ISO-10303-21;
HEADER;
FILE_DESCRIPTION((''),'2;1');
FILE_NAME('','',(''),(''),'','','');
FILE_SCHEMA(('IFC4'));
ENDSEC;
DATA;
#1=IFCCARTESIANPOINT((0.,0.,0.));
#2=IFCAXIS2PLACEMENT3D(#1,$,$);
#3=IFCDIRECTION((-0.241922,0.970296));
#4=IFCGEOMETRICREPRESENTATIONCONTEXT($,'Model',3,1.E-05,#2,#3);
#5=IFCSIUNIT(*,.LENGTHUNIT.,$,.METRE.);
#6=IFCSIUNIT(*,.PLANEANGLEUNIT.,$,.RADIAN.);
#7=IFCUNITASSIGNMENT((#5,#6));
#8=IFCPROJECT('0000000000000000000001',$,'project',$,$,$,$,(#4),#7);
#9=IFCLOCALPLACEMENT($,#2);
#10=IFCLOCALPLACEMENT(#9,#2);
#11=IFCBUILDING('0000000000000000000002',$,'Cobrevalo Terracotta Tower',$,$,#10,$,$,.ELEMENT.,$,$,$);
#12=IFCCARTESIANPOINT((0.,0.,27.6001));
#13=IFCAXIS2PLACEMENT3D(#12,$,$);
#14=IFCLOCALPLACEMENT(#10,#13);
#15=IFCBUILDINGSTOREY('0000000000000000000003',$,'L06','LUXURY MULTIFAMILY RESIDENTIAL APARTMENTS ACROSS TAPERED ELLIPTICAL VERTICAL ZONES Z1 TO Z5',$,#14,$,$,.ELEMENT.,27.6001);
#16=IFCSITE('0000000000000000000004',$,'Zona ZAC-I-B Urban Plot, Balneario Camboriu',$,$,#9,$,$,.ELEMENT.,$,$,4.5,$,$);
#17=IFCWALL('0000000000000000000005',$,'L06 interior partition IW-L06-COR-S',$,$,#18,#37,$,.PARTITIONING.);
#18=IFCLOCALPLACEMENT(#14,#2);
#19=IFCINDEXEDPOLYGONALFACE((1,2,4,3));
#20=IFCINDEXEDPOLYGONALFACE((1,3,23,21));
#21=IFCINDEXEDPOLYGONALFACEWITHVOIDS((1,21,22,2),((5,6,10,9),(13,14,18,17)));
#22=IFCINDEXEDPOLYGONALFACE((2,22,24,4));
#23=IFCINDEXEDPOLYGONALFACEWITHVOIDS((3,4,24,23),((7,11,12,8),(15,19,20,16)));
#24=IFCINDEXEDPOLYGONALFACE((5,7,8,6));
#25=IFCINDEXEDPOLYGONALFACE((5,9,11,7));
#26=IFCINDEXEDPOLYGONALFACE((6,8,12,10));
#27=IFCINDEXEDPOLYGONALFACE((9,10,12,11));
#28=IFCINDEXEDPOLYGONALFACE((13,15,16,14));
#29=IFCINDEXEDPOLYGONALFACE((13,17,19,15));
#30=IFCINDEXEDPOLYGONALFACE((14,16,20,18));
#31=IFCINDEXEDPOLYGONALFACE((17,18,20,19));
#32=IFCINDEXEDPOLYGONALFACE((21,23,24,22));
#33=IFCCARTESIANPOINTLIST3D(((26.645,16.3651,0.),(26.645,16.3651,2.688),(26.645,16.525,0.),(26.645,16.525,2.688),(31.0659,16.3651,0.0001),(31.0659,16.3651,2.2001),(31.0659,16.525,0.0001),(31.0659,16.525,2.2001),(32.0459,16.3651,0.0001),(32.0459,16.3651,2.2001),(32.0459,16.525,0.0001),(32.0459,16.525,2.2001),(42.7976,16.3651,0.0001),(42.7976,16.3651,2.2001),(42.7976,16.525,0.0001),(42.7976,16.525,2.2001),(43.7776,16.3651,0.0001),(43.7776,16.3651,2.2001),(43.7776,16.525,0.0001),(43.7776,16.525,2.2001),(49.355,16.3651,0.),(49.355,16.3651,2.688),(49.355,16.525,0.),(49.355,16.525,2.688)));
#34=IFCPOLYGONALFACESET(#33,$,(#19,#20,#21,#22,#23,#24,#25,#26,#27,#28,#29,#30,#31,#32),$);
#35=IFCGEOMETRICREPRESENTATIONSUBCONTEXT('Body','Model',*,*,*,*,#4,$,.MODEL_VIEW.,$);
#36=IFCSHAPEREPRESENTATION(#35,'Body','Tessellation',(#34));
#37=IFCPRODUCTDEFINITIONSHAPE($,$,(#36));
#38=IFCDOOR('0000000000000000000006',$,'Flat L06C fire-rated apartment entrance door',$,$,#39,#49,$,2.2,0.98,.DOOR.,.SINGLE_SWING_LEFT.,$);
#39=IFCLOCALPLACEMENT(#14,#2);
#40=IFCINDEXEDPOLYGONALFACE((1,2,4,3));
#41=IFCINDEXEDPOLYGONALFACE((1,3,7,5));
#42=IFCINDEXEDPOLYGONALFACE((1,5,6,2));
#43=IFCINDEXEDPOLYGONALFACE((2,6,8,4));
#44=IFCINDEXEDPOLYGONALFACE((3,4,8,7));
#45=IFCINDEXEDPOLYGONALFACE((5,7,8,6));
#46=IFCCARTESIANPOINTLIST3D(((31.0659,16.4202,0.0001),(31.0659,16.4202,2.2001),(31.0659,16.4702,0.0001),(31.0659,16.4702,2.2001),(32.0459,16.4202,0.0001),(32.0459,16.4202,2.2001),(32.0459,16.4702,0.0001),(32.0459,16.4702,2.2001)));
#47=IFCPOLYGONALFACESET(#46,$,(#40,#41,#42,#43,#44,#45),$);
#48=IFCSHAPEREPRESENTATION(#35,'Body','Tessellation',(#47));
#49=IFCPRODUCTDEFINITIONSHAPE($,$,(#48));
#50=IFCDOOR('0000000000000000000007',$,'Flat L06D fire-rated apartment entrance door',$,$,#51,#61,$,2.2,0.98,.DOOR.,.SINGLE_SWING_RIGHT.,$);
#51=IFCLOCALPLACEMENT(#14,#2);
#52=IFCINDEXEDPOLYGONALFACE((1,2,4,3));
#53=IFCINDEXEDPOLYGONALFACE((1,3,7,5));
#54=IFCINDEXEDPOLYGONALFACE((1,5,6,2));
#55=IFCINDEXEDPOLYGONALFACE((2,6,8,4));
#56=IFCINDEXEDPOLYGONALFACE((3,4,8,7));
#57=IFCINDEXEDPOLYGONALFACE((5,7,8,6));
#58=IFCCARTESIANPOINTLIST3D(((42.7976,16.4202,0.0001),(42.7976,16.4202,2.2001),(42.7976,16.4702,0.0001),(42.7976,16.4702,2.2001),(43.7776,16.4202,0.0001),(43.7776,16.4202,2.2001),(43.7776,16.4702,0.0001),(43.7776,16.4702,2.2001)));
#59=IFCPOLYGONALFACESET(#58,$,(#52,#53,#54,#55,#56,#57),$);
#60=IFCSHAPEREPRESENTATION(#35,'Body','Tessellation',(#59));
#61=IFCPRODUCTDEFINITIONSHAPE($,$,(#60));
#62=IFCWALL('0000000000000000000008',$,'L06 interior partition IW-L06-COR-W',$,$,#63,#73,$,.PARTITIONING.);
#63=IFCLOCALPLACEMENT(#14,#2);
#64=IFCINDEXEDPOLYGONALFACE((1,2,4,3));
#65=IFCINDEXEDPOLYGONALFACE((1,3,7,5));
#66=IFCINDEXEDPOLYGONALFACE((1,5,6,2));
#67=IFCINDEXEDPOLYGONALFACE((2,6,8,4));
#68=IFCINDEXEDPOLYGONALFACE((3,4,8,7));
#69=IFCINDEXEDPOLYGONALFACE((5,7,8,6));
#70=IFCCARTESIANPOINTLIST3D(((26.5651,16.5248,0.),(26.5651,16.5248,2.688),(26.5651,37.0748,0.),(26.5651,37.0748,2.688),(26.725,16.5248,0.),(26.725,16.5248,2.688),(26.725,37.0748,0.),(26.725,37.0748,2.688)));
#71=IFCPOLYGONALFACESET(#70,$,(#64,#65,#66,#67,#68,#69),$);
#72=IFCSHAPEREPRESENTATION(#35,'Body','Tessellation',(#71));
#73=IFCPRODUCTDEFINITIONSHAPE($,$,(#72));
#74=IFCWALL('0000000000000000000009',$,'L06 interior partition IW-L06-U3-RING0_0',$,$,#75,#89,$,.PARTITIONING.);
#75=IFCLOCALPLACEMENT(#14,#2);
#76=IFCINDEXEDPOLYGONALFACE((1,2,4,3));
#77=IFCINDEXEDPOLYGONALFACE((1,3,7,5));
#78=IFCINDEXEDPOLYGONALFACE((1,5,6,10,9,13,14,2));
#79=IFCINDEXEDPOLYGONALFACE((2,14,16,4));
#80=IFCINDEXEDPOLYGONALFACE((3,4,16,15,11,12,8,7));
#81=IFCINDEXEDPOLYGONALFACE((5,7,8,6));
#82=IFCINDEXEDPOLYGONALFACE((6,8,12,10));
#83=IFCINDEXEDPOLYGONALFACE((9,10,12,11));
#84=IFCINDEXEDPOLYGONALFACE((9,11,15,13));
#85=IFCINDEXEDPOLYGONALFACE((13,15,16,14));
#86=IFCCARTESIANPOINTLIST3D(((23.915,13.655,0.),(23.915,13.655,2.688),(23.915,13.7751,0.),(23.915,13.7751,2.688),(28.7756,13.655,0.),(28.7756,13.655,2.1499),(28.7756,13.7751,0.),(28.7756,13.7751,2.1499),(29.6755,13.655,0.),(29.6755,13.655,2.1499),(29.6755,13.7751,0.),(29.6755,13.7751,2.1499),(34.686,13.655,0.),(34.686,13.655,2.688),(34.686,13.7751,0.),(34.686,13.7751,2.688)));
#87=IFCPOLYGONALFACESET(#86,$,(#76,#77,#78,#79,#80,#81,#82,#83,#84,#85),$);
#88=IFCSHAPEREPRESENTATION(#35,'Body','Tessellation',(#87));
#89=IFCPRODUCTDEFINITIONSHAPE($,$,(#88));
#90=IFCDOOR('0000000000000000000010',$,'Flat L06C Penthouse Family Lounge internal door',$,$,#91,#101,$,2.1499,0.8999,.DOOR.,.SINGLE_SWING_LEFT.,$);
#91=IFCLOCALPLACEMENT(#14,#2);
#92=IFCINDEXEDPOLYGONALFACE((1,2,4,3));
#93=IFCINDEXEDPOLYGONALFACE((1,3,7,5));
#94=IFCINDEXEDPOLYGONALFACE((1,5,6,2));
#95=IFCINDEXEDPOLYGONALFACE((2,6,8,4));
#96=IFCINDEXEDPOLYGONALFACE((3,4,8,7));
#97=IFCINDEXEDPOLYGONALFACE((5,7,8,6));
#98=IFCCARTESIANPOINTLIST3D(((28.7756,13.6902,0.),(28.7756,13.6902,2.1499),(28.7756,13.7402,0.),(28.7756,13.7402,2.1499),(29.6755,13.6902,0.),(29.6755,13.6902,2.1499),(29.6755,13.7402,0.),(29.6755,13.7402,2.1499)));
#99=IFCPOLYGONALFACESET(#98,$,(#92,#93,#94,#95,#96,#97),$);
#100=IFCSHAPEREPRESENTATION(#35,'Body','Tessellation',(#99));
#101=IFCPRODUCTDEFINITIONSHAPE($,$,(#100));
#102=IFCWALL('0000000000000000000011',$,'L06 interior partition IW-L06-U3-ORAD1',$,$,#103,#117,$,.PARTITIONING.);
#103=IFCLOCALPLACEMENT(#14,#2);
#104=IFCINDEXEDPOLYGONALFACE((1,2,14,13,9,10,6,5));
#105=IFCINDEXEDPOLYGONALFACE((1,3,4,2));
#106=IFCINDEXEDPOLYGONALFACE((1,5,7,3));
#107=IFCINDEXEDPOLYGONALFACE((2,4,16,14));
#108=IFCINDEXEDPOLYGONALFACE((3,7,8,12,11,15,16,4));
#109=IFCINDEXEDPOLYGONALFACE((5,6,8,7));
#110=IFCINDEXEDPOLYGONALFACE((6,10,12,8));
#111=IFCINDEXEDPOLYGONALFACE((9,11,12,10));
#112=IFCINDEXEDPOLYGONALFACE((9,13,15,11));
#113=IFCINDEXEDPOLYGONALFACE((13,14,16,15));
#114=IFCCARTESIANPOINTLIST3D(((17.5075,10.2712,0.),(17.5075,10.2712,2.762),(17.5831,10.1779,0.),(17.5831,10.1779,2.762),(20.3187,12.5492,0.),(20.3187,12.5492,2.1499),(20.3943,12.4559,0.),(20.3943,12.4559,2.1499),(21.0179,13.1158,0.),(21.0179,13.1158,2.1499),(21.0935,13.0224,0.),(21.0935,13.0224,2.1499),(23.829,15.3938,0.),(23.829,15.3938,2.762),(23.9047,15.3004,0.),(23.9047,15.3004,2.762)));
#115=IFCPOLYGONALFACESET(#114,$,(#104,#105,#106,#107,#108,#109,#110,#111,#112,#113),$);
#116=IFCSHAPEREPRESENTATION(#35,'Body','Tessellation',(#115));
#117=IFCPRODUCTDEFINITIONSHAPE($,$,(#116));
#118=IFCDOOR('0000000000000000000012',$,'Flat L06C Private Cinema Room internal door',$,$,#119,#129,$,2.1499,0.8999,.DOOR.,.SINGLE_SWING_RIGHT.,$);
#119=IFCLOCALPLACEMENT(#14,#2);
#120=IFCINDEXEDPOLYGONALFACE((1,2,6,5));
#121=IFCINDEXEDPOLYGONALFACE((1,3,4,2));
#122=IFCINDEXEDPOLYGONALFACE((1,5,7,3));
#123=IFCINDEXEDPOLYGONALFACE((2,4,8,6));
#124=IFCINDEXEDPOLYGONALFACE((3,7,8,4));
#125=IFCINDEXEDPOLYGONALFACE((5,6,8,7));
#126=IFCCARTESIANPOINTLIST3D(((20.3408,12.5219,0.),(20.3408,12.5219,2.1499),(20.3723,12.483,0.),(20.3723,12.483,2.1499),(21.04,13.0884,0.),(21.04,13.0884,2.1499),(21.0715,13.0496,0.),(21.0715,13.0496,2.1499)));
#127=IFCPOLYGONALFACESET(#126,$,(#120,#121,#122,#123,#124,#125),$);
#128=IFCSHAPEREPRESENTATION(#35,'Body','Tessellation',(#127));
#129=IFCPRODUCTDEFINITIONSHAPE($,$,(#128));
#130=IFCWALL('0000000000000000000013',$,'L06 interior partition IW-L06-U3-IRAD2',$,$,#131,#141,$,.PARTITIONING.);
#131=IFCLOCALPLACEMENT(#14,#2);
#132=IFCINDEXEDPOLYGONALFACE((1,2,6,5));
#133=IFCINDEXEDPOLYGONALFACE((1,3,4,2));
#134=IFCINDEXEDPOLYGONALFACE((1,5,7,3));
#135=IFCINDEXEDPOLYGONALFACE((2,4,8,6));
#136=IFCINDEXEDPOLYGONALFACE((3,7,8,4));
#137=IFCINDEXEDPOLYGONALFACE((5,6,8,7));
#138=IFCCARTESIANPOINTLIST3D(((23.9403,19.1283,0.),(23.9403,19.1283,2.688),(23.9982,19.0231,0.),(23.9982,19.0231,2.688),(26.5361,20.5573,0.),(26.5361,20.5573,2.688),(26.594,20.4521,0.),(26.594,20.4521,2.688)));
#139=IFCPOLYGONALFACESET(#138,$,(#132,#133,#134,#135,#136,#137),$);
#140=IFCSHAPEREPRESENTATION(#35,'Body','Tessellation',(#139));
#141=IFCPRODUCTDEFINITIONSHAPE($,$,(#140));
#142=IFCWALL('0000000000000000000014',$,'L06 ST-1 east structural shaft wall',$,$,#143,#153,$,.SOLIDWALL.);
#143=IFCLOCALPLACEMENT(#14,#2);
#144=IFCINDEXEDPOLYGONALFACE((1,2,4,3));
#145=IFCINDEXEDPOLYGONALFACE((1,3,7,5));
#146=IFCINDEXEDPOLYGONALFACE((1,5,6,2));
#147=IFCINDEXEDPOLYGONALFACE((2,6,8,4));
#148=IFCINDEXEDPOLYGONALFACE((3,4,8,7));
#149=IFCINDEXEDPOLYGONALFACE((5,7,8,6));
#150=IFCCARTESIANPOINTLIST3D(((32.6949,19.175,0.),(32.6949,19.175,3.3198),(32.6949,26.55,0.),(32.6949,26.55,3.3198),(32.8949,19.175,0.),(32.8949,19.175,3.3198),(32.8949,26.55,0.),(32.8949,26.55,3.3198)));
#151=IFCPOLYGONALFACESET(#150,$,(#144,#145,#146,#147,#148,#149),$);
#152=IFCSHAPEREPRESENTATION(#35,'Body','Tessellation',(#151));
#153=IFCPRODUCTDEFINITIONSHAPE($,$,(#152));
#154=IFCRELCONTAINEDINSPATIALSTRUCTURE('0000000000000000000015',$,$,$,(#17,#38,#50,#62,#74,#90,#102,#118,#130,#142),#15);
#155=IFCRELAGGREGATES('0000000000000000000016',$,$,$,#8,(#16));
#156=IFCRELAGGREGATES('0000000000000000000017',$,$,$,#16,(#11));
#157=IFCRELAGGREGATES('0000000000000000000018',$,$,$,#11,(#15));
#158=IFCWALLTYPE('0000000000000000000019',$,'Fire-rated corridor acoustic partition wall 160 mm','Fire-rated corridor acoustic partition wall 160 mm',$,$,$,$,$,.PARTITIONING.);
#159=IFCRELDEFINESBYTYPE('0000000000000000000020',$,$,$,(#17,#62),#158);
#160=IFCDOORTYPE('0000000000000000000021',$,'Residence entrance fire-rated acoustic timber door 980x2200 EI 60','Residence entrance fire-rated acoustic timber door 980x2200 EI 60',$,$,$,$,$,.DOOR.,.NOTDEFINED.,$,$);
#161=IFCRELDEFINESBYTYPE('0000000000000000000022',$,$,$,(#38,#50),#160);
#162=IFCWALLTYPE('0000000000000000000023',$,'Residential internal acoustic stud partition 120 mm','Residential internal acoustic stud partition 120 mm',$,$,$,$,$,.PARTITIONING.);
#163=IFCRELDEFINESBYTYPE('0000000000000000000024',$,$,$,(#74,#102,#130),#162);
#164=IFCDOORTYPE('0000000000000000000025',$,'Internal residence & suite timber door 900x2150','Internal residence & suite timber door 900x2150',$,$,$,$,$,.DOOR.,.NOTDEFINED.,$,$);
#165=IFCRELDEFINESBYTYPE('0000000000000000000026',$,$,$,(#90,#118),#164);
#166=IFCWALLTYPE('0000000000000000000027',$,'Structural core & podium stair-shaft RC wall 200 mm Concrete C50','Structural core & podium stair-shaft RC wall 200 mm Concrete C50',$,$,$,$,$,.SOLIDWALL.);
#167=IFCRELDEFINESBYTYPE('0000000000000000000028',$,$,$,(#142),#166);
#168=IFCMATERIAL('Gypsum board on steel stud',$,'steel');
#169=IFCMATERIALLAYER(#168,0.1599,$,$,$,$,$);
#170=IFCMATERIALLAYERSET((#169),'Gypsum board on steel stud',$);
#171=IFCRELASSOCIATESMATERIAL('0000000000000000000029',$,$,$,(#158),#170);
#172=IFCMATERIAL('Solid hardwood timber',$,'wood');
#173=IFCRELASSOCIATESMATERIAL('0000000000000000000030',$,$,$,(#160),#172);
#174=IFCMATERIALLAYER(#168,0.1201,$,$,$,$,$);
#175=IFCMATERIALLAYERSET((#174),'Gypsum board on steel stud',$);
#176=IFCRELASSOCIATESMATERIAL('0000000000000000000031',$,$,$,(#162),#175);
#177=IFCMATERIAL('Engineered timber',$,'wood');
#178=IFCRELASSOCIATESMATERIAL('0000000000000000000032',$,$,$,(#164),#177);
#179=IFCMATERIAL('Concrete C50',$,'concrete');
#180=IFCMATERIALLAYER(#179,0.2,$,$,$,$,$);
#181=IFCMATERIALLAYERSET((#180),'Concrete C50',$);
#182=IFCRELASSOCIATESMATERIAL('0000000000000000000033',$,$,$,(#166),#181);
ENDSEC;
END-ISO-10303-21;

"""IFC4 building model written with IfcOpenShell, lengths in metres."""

from ifc_helpers import new_model, si_unit, direction, frame, frame_2d, origin, place, context, subcontext, project, spatial, rectangle, extrude, source, transform, mapped, material, layer, layer_set, type_object, element, fill, save


model = new_model("IFC4")

# Units and contexts
model_context = context("Model", 3, precision=1e-05, world=origin(), true_north=direction((-0.241922, 0.970296)))
body_context = subcontext(model_context, "Body", "Model", "MODEL_VIEW")
ifc_project = project(units=[si_unit("LENGTHUNIT", "METRE"), si_unit("PLANEANGLEUNIT", "RADIAN")], contexts=[model_context])

# Site, building, storey
site_placement = place(None, origin())
site = spatial("IfcSite", under=ifc_project, at=site_placement, Name="Zona ZAC-I-B Urban Plot, Balneario Camboriu", CompositionType="ELEMENT", RefElevation=4.5)
building_placement = place(site_placement, origin())
building = spatial("IfcBuilding", under=site, at=building_placement, Name="Cobrevalo Terracotta Tower", CompositionType="ELEMENT")
storey_placement = place(building_placement, frame((0.0, 0.0, 27.6001)))
storey = spatial("IfcBuildingStorey", under=building, at=storey_placement, Name="L06", Description="LUXURY MULTIFAMILY RESIDENTIAL APARTMENTS ACROSS TAPERED ELLIPTICAL VERTICAL ZONES Z1 TO Z5", CompositionType="ELEMENT", Elevation=27.6001)

# Wall, openings, doors
ifc_material_1 = material(Name="Gypsum board on steel stud", Category="steel")
ifc_layer_1 = layer(ifc_material_1, 0.1599)
ifc_layer_set_1 = layer_set([ifc_layer_1], Name="Gypsum board on steel stud")
wall_type_1 = type_object("IfcWallType", Name="Fire-rated corridor acoustic partition wall 160 mm", Description="Fire-rated corridor acoustic partition wall 160 mm", PredefinedType="PARTITIONING", material=ifc_layer_set_1)
wall_1_placement = place(storey_placement, frame((26.645, 16.4451, 0.0), z_axis=(0.0, 0.0, 1.0), x_axis=(1.0, 0.0, 0.0)))
wall_1 = element("IfcWall", 1, at=wall_1_placement, inside=storey, type_object=wall_type_1, Name="L06 interior partition IW-L06-COR-S", PredefinedType="PARTITIONING", context=body_context, shape_type="SweptSolid", body=[
    extrude(rectangle(XDim=22.71, YDim=0.1599, at=frame_2d((11.355, 0.0))), origin(), (0.0, 0.0, 1.0), 2.688),
])
opening_1_placement = place(wall_1_placement, frame((4.4209, 0.0, 0.0)))
opening_1 = element("IfcOpeningElement", 2, at=opening_1_placement, cuts=wall_1, PredefinedType="OPENING", context=body_context, shape_type="SweptSolid", body=[
    extrude(rectangle(XDim=0.98, YDim=2.2, at=frame_2d((0.49, 1.1001))), frame((0.0, 0.0898, 0.0), z_axis=(0.0, -1.0, 0.0), x_axis=(1.0, 0.0, 0.0)), (0.0, 0.0, 1.0), 0.1799),
])
opening_2_placement = place(wall_1_placement, frame((16.1526, 0.0, 0.0)))
opening_2 = element("IfcOpeningElement", 3, at=opening_2_placement, cuts=wall_1, PredefinedType="OPENING", context=body_context, shape_type="SweptSolid", body=[
    extrude(rectangle(XDim=0.98, YDim=2.2, at=frame_2d((0.49, 1.1001))), frame((0.0, 0.0898, 0.0), z_axis=(0.0, -1.0, 0.0), x_axis=(1.0, 0.0, 0.0)), (0.0, 0.0, 1.0), 0.1799),
])
ifc_material_2 = material(Name="Solid hardwood timber", Category="wood")
door_type_1 = type_object("IfcDoorType", Name="Residence entrance fire-rated acoustic timber door 980x2200 EI 60", Description="Residence entrance fire-rated acoustic timber door 980x2200 EI 60", OperationType="NOTDEFINED", PredefinedType="DOOR", material=ifc_material_2)
shared_shape_1 = source(origin(), body_context, "Body", "SweptSolid", [
    extrude(rectangle(XDim=0.98, YDim=2.2, at=frame_2d((0.49, 1.1001))), frame((0.0, 0.0249, 0.0), z_axis=(0.0, -1.0, 0.0), x_axis=(1.0, 0.0, 0.0)), (0.0, 0.0, 1.0), 0.05),
])
door_1_placement = place(opening_1_placement, frame((0.98, 0.0, 0.0), z_axis=(0.0, 0.0, 1.0), x_axis=(-1.0, 0.0, 0.0)))
door_1 = element("IfcDoor", 4, at=door_1_placement, inside=storey, type_object=door_type_1, Name="Flat L06C fire-rated apartment entrance door", OperationType="SINGLE_SWING_LEFT", OverallHeight=2.2, OverallWidth=0.98, PredefinedType="DOOR", context=body_context, shape_type="MappedRepresentation", body=[
    mapped(shared_shape_1, transform((0.0, 0.0, 0.0), scale=1.0)),
])
fill(opening_1, door_1)
door_2_placement = place(opening_2_placement, frame((0.98, 0.0, 0.0), z_axis=(0.0, 0.0, 1.0), x_axis=(-1.0, 0.0, 0.0)))
door_2 = element("IfcDoor", 5, at=door_2_placement, inside=storey, type_object=door_type_1, Name="Flat L06D fire-rated apartment entrance door", OperationType="SINGLE_SWING_RIGHT", OverallHeight=2.2, OverallWidth=0.98, PredefinedType="DOOR", context=body_context, shape_type="MappedRepresentation", body=[
    mapped(shared_shape_1, transform((0.0, 0.0, 0.0), scale=1.0)),
])
fill(opening_2, door_2)

# Wall
wall_2_placement = place(storey_placement, frame((26.645, 16.5249, 0.0), z_axis=(0.0, 0.0, 1.0), x_axis=(0.0, 1.0, 0.0)))
element("IfcWall", 6, at=wall_2_placement, inside=storey, type_object=wall_type_1, Name="L06 interior partition IW-L06-COR-W", PredefinedType="PARTITIONING", context=body_context, shape_type="SweptSolid", body=[
    extrude(rectangle(XDim=20.55, YDim=0.1599, at=frame_2d((10.2749, 0.0))), origin(), (0.0, 0.0, 1.0), 2.688),
])

# Walls, openings, doors
ifc_layer_2 = layer(ifc_material_1, 0.1201)
ifc_layer_set_2 = layer_set([ifc_layer_2], Name="Gypsum board on steel stud")
wall_type_2 = type_object("IfcWallType", Name="Residential internal acoustic stud partition 120 mm", Description="Residential internal acoustic stud partition 120 mm", PredefinedType="PARTITIONING", material=ifc_layer_set_2)
wall_3_placement = place(storey_placement, frame((34.686, 13.7151, 0.0), z_axis=(0.0, 0.0, 1.0), x_axis=(-1.0, 0.0, 0.0)))
wall_3 = element("IfcWall", 7, at=wall_3_placement, inside=storey, type_object=wall_type_2, Name="L06 interior partition IW-L06-U3-RING0_0", PredefinedType="PARTITIONING", context=body_context, shape_type="SweptSolid", body=[
    extrude(rectangle(XDim=10.771, YDim=0.1201, at=frame_2d((5.3855, 0.0))), origin(), (0.0, 0.0, 1.0), 2.688),
])
opening_3_placement = place(wall_3_placement, frame((5.0105, 0.0, 0.0)))
opening_3 = element("IfcOpeningElement", 8, at=opening_3_placement, cuts=wall_3, PredefinedType="OPENING", context=body_context, shape_type="SweptSolid", body=[
    extrude(rectangle(XDim=0.8999, YDim=2.1499, at=frame_2d((0.45, 1.075))), frame((0.0, 0.0701, 0.0), z_axis=(0.0, -1.0, 0.0), x_axis=(1.0, 0.0, 0.0)), (0.0, 0.0, 1.0), 0.1401),
])
ifc_material_3 = material(Name="Engineered timber", Category="wood")
door_type_2 = type_object("IfcDoorType", Name="Internal residence & suite timber door 900x2150", Description="Internal residence & suite timber door 900x2150", OperationType="NOTDEFINED", PredefinedType="DOOR", material=ifc_material_3)
shared_shape_2 = source(origin(), body_context, "Body", "SweptSolid", [
    extrude(rectangle(XDim=0.8999, YDim=2.1499, at=frame_2d((0.45, 1.075))), frame((0.0, 0.0249, 0.0), z_axis=(0.0, -1.0, 0.0), x_axis=(1.0, 0.0, 0.0)), (0.0, 0.0, 1.0), 0.05),
])
door_3_placement = place(opening_3_placement, origin())
door_3 = element("IfcDoor", 9, at=door_3_placement, inside=storey, type_object=door_type_2, Name="Flat L06C Penthouse Family Lounge internal door", OperationType="SINGLE_SWING_LEFT", OverallHeight=2.1499, OverallWidth=0.8999, PredefinedType="DOOR", context=body_context, shape_type="MappedRepresentation", body=[
    mapped(shared_shape_2, transform((0.0, 0.0, 0.0), scale=1.0)),
])
fill(opening_3, door_3)
wall_4_placement = place(storey_placement, frame((23.8669, 15.3472, 0.0), z_axis=(0.0, 0.0, 1.0), x_axis=(-0.776937, -0.629579, 0.0)))
wall_4 = element("IfcWall", 10, at=wall_4_placement, inside=storey, type_object=wall_type_2, Name="L06 interior partition IW-L06-U3-ORAD1", PredefinedType="PARTITIONING", context=body_context, shape_type="SweptSolid", body=[
    extrude(rectangle(XDim=8.1365, YDim=0.1201, at=frame_2d((4.0684, 0.0))), origin(), (0.0, 0.0, 1.0), 2.762),
])
opening_4_placement = place(wall_4_placement, frame((3.6184, 0.0, 0.0)))
opening_4 = element("IfcOpeningElement", 11, at=opening_4_placement, cuts=wall_4, PredefinedType="OPENING", context=body_context, shape_type="SweptSolid", body=[
    extrude(rectangle(XDim=0.8999, YDim=2.1499, at=frame_2d((0.45, 1.075))), frame((0.0, 0.0701, 0.0), z_axis=(0.0, -1.0, 0.0), x_axis=(1.0, 0.0, 0.0)), (0.0, 0.0, 1.0), 0.1401),
])
door_4_placement = place(opening_4_placement, frame((0.8999, 0.0, 0.0), z_axis=(0.0, 0.0, 1.0), x_axis=(-1.0, 0.0, 0.0)))
door_4 = element("IfcDoor", 12, at=door_4_placement, inside=storey, type_object=door_type_2, Name="Flat L06C Private Cinema Room internal door", OperationType="SINGLE_SWING_RIGHT", OverallHeight=2.1499, OverallWidth=0.8999, PredefinedType="DOOR", context=body_context, shape_type="MappedRepresentation", body=[
    mapped(shared_shape_2, transform((0.0, 0.0, 0.0), scale=1.0)),
])
fill(opening_4, door_4)

# Wall
wall_5_placement = place(storey_placement, frame((26.5649, 20.5046, 0.0), z_axis=(0.0, 0.0, 1.0), x_axis=(-0.876028, -0.48226, 0.0)))
element("IfcWall", 13, at=wall_5_placement, inside=storey, type_object=wall_type_2, Name="L06 interior partition IW-L06-U3-IRAD2", PredefinedType="PARTITIONING", context=body_context, shape_type="SweptSolid", body=[
    extrude(rectangle(XDim=2.9631, YDim=0.1201, at=frame_2d((1.4814, 0.0))), origin(), (0.0, 0.0, 1.0), 2.688),
])

# Wall
ifc_material_4 = material(Name="Concrete C50", Category="concrete")
ifc_layer_3 = layer(ifc_material_4, 0.2)
ifc_layer_set_3 = layer_set([ifc_layer_3], Name="Concrete C50")
wall_type_3 = type_object("IfcWallType", Name="Structural core & podium stair-shaft RC wall 200 mm Concrete C50", Description="Structural core & podium stair-shaft RC wall 200 mm Concrete C50", PredefinedType="SOLIDWALL", material=ifc_layer_set_3)
wall_6_placement = place(storey_placement, frame((32.7949, 19.175, 0.0), z_axis=(0.0, 0.0, 1.0), x_axis=(0.0, 1.0, 0.0)))
element("IfcWall", 14, at=wall_6_placement, inside=storey, type_object=wall_type_3, Name="L06 ST-1 east structural shaft wall", PredefinedType="SOLIDWALL", context=body_context, shape_type="SweptSolid", body=[
    extrude(rectangle(XDim=7.375, YDim=0.2, at=frame_2d((3.6875, 0.0))), origin(), (0.0, 0.0, 1.0), 3.3198),
])

save(model, "model.ifc")
